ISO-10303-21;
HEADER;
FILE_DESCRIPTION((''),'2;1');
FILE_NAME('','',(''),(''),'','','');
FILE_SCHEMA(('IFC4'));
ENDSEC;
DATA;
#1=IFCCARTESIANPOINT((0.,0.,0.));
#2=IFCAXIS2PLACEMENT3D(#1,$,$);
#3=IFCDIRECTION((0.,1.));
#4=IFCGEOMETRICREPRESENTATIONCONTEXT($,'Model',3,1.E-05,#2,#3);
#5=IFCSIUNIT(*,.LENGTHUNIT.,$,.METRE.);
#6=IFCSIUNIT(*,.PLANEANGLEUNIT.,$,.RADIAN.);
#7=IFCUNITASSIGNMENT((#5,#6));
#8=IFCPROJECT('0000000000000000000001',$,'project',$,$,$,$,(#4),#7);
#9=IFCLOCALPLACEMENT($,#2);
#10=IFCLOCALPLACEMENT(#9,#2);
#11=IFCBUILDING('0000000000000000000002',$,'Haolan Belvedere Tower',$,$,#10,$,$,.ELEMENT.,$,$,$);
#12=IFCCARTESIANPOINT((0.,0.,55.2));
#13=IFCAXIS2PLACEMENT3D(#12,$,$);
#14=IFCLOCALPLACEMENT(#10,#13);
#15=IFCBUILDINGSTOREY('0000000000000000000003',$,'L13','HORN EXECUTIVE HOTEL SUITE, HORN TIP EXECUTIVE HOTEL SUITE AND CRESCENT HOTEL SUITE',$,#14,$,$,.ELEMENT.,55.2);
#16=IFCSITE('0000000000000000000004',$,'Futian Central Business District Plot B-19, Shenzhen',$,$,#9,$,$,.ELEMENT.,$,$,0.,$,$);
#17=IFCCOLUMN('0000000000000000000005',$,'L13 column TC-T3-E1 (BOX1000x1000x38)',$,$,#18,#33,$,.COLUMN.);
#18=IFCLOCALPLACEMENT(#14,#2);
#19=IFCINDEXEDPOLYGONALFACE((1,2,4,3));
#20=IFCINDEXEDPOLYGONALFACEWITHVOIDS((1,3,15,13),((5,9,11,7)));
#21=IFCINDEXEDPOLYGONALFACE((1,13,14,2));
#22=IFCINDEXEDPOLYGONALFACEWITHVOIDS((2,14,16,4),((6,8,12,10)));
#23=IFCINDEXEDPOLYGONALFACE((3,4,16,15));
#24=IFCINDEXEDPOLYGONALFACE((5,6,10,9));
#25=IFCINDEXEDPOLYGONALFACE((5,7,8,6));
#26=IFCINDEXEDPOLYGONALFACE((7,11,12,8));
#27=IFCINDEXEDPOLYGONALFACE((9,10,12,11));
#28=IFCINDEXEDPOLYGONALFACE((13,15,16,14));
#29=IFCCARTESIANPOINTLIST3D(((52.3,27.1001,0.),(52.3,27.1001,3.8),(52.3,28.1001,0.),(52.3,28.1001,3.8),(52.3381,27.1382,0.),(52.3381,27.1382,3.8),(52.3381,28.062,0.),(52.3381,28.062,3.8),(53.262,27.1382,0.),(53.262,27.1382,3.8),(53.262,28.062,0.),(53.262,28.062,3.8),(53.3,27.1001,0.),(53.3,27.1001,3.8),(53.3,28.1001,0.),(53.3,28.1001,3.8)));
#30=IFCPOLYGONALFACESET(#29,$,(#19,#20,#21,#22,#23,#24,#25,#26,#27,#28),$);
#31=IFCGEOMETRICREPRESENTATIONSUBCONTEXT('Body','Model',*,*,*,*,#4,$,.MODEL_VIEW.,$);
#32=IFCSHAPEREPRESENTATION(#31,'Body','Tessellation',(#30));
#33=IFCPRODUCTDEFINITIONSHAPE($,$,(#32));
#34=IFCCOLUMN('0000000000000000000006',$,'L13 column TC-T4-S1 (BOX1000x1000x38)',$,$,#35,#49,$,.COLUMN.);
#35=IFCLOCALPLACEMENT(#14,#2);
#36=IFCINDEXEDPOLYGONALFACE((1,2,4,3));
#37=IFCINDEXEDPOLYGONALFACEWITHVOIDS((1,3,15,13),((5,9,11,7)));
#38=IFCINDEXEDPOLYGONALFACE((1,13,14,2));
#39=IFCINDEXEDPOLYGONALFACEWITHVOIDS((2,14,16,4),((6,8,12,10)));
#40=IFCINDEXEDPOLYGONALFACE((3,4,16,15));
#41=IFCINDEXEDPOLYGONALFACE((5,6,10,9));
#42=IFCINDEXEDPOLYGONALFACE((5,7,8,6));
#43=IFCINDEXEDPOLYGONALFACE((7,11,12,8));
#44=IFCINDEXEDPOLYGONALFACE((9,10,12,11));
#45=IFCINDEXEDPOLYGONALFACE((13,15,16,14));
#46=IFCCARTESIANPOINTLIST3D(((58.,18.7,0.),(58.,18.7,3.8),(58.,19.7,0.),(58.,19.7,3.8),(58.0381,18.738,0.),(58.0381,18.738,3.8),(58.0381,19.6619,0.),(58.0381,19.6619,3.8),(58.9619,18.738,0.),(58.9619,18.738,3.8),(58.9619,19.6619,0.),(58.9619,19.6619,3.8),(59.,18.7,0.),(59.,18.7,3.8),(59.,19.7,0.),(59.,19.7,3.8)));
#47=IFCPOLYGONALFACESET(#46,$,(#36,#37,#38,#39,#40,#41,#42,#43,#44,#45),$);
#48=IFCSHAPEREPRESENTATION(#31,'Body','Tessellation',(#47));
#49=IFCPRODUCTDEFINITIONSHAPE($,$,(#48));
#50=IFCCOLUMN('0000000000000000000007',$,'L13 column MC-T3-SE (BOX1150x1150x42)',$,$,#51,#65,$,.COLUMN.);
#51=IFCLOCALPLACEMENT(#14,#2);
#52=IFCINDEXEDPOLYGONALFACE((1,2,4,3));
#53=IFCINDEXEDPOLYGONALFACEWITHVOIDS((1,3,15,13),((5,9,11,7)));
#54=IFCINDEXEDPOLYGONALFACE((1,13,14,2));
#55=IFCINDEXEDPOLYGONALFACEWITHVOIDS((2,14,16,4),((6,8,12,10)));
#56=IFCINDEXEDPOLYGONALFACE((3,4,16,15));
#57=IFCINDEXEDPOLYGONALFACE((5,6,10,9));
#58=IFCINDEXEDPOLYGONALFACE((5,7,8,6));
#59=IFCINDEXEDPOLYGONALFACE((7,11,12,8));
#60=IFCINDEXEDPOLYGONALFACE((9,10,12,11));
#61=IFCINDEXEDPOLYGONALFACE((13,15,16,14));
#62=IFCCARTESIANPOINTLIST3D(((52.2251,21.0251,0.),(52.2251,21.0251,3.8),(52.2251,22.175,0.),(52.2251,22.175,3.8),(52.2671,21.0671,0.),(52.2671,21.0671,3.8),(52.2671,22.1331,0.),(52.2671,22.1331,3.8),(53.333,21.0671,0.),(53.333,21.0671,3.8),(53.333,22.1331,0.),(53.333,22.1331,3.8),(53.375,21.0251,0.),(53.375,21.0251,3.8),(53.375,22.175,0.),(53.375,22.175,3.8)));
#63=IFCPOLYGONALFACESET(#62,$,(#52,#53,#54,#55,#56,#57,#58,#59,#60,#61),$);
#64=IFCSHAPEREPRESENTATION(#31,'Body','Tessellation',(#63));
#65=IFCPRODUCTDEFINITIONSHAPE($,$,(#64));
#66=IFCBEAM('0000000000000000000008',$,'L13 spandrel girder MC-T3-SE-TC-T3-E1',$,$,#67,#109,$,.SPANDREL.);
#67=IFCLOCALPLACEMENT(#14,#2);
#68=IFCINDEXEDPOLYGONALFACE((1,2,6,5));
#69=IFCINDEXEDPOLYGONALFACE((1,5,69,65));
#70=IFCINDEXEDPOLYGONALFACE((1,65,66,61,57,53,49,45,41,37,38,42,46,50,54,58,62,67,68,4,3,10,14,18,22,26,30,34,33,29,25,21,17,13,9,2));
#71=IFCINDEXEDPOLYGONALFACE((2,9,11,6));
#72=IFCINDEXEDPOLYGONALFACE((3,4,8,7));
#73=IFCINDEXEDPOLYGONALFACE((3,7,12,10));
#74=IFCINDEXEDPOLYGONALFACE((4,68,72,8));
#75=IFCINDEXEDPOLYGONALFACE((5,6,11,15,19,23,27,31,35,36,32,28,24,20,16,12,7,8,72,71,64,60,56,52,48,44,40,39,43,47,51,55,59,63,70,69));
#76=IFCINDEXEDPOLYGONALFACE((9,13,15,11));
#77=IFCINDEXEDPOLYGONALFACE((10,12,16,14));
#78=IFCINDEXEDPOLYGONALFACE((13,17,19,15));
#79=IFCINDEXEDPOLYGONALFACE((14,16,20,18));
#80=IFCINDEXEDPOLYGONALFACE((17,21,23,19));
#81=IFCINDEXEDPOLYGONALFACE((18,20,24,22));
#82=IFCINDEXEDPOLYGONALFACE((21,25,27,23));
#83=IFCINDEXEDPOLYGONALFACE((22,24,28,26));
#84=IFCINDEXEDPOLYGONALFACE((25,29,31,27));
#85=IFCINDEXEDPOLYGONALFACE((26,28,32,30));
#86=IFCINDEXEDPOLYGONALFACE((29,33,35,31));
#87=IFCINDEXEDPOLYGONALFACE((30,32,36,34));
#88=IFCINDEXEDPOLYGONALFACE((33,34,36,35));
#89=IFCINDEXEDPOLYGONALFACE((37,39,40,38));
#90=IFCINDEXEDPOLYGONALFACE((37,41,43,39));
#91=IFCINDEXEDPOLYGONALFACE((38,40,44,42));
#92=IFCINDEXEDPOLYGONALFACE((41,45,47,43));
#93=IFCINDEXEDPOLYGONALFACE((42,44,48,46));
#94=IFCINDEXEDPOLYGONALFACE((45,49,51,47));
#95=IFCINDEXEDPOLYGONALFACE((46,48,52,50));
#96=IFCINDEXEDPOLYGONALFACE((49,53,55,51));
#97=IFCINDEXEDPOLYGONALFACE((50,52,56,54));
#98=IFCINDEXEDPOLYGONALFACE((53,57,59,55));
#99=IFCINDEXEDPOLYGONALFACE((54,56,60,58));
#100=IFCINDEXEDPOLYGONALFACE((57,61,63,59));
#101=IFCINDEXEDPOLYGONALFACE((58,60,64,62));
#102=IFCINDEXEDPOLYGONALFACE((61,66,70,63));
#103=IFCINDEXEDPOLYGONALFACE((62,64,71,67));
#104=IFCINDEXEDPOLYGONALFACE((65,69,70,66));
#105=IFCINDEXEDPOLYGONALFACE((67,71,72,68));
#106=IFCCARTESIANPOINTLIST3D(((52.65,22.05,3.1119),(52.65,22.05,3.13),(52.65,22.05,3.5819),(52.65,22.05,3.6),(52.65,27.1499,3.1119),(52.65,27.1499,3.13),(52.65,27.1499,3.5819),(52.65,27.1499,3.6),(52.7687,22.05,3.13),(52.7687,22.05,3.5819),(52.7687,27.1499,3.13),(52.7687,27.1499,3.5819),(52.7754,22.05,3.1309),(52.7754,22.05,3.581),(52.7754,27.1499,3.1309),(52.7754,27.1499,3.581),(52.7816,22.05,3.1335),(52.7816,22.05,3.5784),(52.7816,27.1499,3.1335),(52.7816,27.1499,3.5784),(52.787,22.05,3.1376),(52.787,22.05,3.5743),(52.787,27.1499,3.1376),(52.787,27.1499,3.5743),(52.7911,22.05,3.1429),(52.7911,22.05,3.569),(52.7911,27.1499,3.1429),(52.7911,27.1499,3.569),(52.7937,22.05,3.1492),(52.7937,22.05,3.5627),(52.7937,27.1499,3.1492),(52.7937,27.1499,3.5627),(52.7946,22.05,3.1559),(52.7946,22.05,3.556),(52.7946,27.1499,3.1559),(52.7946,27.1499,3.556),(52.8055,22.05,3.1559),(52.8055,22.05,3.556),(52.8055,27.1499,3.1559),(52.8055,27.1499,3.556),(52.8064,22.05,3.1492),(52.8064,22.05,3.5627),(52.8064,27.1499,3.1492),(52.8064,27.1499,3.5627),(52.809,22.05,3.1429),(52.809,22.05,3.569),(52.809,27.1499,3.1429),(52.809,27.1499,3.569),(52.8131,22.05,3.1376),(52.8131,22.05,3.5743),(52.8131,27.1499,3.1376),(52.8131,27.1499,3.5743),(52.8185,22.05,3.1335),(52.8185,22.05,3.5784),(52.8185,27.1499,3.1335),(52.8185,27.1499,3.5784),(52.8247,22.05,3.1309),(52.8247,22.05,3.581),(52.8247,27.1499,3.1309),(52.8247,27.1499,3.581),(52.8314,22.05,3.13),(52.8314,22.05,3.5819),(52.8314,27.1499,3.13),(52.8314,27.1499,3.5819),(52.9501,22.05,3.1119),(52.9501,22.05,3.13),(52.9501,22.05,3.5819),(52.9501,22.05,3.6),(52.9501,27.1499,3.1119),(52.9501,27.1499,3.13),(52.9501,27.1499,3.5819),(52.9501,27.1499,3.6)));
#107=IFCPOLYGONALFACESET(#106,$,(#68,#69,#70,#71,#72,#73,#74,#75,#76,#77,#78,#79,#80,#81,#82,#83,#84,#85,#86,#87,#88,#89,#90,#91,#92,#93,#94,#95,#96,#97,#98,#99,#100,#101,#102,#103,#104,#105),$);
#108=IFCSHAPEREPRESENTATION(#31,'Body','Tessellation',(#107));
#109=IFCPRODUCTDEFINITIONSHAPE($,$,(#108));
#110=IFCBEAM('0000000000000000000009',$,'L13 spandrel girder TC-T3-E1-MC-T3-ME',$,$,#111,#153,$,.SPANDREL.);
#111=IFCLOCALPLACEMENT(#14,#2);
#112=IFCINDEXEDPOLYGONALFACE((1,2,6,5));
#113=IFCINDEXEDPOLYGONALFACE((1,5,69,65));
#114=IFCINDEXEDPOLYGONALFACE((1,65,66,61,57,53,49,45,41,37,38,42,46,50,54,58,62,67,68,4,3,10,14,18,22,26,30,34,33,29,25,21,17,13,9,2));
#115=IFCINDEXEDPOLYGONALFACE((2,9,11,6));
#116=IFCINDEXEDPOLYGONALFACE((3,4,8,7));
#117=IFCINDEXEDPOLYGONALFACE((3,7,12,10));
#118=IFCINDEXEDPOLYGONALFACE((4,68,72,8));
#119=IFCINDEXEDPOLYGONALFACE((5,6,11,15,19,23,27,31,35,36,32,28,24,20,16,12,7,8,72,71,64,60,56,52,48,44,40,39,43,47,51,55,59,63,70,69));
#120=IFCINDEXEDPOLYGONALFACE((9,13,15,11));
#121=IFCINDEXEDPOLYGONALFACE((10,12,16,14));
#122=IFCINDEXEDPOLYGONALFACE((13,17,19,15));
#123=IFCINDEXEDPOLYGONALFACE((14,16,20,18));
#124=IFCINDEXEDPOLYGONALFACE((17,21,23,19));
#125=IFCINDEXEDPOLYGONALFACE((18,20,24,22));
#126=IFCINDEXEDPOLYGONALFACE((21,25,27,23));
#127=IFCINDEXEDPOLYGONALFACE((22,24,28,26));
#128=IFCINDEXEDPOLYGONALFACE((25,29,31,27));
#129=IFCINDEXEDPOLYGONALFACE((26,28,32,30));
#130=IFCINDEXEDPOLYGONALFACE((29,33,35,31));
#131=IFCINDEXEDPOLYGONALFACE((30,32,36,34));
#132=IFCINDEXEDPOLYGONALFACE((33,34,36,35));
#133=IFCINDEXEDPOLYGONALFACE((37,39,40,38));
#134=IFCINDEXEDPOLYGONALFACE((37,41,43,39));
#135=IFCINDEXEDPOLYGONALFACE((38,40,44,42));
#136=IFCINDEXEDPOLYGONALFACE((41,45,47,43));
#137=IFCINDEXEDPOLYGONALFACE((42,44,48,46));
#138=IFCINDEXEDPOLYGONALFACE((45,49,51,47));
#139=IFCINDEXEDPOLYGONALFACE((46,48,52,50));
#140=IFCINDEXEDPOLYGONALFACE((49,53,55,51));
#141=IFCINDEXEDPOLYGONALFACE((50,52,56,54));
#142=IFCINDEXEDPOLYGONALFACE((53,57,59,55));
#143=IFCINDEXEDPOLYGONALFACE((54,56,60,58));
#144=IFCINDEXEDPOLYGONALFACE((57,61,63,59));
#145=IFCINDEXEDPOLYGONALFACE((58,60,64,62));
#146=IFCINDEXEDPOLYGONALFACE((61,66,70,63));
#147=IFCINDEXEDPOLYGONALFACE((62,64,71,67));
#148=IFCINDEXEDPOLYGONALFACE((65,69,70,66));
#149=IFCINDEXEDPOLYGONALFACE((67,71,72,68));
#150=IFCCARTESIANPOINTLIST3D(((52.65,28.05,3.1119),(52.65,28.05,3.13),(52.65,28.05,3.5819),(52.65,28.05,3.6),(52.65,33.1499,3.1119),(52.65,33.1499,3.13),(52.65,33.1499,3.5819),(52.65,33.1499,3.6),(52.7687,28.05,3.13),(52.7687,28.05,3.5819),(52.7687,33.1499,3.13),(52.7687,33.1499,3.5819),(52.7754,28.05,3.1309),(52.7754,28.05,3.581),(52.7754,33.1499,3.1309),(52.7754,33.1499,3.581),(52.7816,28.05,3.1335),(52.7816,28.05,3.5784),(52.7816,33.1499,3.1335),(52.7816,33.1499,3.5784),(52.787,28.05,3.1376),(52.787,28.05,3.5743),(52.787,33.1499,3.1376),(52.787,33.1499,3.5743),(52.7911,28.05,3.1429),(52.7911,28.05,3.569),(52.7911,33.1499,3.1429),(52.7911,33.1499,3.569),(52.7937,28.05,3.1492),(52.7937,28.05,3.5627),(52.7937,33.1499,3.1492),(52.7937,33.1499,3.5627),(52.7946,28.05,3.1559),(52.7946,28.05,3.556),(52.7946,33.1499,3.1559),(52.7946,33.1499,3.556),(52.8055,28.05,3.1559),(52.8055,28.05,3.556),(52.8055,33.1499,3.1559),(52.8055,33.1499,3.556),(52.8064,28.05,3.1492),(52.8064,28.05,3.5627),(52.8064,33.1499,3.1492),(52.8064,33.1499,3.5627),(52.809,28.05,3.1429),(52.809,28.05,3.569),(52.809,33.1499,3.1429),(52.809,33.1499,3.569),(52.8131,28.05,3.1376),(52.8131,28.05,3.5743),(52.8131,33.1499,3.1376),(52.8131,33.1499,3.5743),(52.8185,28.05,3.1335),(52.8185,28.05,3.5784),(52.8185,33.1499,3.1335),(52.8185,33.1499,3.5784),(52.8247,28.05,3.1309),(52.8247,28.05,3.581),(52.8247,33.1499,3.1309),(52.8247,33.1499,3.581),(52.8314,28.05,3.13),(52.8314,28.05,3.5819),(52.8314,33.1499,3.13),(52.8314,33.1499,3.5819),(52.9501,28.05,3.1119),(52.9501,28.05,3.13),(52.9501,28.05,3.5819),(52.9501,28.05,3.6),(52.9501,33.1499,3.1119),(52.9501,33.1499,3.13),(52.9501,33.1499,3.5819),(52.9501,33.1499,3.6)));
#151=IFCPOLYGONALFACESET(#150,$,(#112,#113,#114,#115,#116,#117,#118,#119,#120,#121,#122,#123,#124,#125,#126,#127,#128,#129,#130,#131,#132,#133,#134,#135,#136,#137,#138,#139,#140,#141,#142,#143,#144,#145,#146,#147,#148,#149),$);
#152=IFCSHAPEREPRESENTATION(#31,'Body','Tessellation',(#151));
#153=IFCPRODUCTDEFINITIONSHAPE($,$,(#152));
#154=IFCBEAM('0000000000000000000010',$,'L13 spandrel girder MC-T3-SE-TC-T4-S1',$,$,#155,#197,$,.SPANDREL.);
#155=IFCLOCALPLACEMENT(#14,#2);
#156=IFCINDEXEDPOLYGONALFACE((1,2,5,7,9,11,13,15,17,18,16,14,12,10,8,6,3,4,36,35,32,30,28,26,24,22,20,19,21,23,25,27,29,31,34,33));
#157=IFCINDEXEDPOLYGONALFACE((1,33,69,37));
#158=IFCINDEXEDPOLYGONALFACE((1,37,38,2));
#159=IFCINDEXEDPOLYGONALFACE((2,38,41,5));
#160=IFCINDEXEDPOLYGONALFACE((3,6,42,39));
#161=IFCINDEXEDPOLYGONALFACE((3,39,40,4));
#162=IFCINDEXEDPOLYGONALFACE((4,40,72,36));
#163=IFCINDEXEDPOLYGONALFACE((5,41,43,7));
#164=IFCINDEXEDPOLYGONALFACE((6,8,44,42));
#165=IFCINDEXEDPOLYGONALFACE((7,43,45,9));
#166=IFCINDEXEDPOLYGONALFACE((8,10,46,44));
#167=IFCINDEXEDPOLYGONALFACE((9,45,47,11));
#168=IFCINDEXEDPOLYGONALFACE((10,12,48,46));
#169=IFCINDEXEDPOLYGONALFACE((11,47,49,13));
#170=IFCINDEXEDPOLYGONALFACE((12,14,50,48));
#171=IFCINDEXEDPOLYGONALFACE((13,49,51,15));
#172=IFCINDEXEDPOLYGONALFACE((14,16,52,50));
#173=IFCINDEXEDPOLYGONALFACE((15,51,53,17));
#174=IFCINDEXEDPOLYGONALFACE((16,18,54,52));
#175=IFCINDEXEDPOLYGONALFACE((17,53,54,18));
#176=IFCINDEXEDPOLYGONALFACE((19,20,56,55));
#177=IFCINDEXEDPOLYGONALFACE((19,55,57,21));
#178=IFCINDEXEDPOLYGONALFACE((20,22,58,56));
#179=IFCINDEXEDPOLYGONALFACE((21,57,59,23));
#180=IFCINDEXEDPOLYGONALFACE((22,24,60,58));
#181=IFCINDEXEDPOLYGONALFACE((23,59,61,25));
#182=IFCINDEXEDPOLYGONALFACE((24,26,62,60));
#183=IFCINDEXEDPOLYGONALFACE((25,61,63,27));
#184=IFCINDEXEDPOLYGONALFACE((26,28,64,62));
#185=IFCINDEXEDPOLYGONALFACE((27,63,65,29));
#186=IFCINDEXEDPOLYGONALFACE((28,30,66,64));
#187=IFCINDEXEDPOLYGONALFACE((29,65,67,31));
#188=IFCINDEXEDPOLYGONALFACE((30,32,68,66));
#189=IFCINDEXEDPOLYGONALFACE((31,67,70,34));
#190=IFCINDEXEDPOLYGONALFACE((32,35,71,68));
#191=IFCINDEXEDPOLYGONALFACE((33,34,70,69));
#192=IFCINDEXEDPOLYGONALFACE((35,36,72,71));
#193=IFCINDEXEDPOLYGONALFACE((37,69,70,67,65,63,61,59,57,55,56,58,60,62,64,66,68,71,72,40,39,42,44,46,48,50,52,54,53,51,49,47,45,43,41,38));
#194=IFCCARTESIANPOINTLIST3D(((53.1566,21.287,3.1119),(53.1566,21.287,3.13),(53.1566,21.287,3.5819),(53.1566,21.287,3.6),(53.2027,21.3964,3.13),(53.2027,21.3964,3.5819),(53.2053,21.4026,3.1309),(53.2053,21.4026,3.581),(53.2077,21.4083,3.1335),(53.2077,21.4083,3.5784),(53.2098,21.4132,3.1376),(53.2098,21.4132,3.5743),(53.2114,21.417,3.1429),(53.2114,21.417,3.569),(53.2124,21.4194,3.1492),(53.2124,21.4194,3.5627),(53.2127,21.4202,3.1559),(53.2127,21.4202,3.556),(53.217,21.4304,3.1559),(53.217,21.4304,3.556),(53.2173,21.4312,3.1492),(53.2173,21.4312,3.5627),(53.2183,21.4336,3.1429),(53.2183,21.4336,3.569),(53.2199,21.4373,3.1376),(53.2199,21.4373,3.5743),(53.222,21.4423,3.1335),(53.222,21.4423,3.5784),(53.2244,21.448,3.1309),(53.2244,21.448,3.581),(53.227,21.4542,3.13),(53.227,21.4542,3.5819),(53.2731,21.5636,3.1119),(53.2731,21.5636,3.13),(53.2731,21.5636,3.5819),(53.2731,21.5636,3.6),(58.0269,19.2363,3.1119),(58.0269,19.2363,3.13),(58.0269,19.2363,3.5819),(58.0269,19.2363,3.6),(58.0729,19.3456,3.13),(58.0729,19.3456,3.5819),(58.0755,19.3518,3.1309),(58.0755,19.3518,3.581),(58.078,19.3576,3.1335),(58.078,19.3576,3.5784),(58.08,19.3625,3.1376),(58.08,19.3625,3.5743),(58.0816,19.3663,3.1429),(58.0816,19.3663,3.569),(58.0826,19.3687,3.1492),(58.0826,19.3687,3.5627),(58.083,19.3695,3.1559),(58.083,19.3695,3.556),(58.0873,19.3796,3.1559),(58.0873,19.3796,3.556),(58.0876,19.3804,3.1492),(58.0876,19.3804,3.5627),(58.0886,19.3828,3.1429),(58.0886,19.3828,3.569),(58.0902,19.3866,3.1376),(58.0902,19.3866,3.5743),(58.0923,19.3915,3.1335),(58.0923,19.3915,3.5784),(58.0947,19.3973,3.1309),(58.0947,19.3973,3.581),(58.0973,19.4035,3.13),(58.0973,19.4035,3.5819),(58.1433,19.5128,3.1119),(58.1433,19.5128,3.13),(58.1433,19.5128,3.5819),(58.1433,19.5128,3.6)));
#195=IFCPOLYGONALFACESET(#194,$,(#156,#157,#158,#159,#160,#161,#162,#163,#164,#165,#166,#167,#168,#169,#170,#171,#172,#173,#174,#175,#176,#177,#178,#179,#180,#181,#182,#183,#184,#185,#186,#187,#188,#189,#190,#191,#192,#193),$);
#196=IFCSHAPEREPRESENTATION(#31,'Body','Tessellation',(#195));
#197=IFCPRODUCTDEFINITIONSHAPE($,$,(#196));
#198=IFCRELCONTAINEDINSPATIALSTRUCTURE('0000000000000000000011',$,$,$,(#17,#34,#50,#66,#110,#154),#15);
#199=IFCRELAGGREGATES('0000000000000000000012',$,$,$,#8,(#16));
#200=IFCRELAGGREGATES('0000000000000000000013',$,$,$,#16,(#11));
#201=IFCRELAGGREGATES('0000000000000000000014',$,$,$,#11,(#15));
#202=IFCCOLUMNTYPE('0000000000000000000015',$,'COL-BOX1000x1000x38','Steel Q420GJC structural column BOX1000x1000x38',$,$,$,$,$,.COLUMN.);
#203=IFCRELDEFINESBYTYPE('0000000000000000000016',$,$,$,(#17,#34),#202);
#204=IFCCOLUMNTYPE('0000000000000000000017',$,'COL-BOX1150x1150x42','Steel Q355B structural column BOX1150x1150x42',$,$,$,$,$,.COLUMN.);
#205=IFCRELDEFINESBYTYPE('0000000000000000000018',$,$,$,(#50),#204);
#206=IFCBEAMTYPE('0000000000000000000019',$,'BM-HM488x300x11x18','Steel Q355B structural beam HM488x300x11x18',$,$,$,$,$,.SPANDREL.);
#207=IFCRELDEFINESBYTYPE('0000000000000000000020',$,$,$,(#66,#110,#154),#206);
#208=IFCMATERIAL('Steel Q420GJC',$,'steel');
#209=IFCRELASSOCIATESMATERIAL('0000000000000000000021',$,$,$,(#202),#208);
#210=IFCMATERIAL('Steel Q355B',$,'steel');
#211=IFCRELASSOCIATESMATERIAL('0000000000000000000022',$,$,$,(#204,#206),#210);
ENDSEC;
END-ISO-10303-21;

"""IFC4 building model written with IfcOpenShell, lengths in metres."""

from ifc_helpers import new_model, si_unit, direction, frame, origin, origin_2d, place, context, subcontext, project, spatial, hollow_rectangle, i_section, extrude, material, material_profile, profile_set, type_object, element, save


model = new_model("IFC4")

# Units and contexts
model_context = context("Model", 3, precision=1e-05, world=origin(), true_north=direction((0.0, 1.0)))
body_context = subcontext(model_context, "Body", "Model", "MODEL_VIEW")
ifc_project = project(units=[si_unit("LENGTHUNIT", "METRE"), si_unit("PLANEANGLEUNIT", "RADIAN")], contexts=[model_context])

# Site, building, storey
site_placement = place(None, origin())
site = spatial("IfcSite", under=ifc_project, at=site_placement, Name="Futian Central Business District Plot B-19, Shenzhen", CompositionType="ELEMENT", RefElevation=0.0)
building_placement = place(site_placement, origin())
building = spatial("IfcBuilding", under=site, at=building_placement, Name="Haolan Belvedere Tower", CompositionType="ELEMENT")
storey_placement = place(building_placement, frame((0.0, 0.0, 55.2)))
storey = spatial("IfcBuildingStorey", under=building, at=storey_placement, Name="L13", Description="HORN EXECUTIVE HOTEL SUITE, HORN TIP EXECUTIVE HOTEL SUITE AND CRESCENT HOTEL SUITE", CompositionType="ELEMENT", Elevation=55.2)

# Columns
ifc_material_1 = material(Name="Steel Q420GJC", Category="steel")
ifc_material_profile_1 = material_profile(ifc_material_1, hollow_rectangle(XDim=1.0, YDim=1.0, WallThickness=0.0381, at=origin_2d()), Name="Steel Q420GJC")
ifc_profile_set_1 = profile_set([ifc_material_profile_1], Name="Steel Q420GJC")
column_type_1 = type_object("IfcColumnType", Name="COL-BOX1000x1000x38", Description="Steel Q420GJC structural column BOX1000x1000x38", PredefinedType="COLUMN", material=ifc_profile_set_1)
for number, where, z_axis, x_axis, name in (
    (1, (52.8, 27.6001, 0.0), (0.0, 0.0, 1.0), (1.0, 0.0, 0.0), "L13 column TC-T3-E1 (BOX1000x1000x38)"),
    (2, (58.5, 19.2, 0.0), (0.0, 0.0, 1.0), (1.0, 0.0, 0.0), "L13 column TC-T4-S1 (BOX1000x1000x38)"),
):
    element("IfcColumn", number, at=place(storey_placement, frame(where, z_axis=z_axis, x_axis=x_axis)), inside=storey, type_object=column_type_1, Name=name, PredefinedType="COLUMN", context=body_context, shape_type="SweptSolid", body=[
        extrude(hollow_rectangle(XDim=1.0, YDim=1.0, WallThickness=0.0381, at=origin_2d()), origin(), (0.0, 0.0, 1.0), 3.8),
    ])
ifc_material_2 = material(Name="Steel Q355B", Category="steel")
ifc_material_profile_2 = material_profile(ifc_material_2, hollow_rectangle(XDim=1.1499, YDim=1.1499, WallThickness=0.042, at=origin_2d()), Name="Steel Q355B")
ifc_profile_set_2 = profile_set([ifc_material_profile_2], Name="Steel Q355B")
column_type_2 = type_object("IfcColumnType", Name="COL-BOX1150x1150x42", Description="Steel Q355B structural column BOX1150x1150x42", PredefinedType="COLUMN", material=ifc_profile_set_2)
column_placement = place(storey_placement, frame((52.8, 21.6001, 0.0), z_axis=(0.0, 0.0, 1.0), x_axis=(1.0, 0.0, 0.0)))
element("IfcColumn", 3, at=column_placement, inside=storey, type_object=column_type_2, Name="L13 column MC-T3-SE (BOX1150x1150x42)", PredefinedType="COLUMN", context=body_context, shape_type="SweptSolid", body=[
    extrude(hollow_rectangle(XDim=1.1499, YDim=1.1499, WallThickness=0.042, at=origin_2d()), origin(), (0.0, 0.0, 1.0), 3.8),
])

# Beams
ifc_material_profile_3 = material_profile(ifc_material_2, i_section(OverallWidth=0.3, OverallDepth=0.488, WebThickness=0.011, FlangeThickness=0.0181, FilletRadius=0.0259, at=origin_2d()), Name="Steel Q355B")
ifc_profile_set_3 = profile_set([ifc_material_profile_3], Name="Steel Q355B")
beam_type_1 = type_object("IfcBeamType", Name="BM-HM488x300x11x18", Description="Steel Q355B structural beam HM488x300x11x18", PredefinedType="SPANDREL", material=ifc_profile_set_3)
for number, where, z_axis, x_axis, name in (
    (4, (52.8, 22.05, 3.356), (0.0, 1.0, 0.0), (-1.0, 0.0, 0.0), "L13 spandrel girder MC-T3-SE-TC-T3-E1"),
    (5, (52.8, 28.05, 3.356), (0.0, 1.0, 0.0), (-1.0, 0.0, 0.0), "L13 spandrel girder TC-T3-E1-MC-T3-ME"),
):
    element("IfcBeam", number, at=place(storey_placement, frame(where, z_axis=z_axis, x_axis=x_axis)), inside=storey, type_object=beam_type_1, Name=name, PredefinedType="SPANDREL", context=body_context, shape_type="SweptSolid", body=[
        extrude(i_section(OverallWidth=0.3, OverallDepth=0.488, WebThickness=0.011, FlangeThickness=0.0181, FilletRadius=0.0259, at=origin_2d()), origin(), (0.0, 0.0, 1.0), 5.0999),
    ])
beam_1_placement = place(storey_placement, frame((53.2148, 21.4253, 3.356), z_axis=(0.921628, -0.388074, 0.0), x_axis=(0.388074, 0.921628, 0.0)))
element("IfcBeam", 6, at=beam_1_placement, inside=storey, type_object=beam_type_1, Name="L13 spandrel girder MC-T3-SE-TC-T4-S1", PredefinedType="SPANDREL", context=body_context, shape_type="SweptSolid", body=[
    extrude(i_section(OverallWidth=0.3, OverallDepth=0.488, WebThickness=0.011, FlangeThickness=0.0181, FilletRadius=0.0259, at=origin_2d()), origin(), (0.0, 0.0, 1.0), 5.2844),
])

save(model, "model.ifc")
